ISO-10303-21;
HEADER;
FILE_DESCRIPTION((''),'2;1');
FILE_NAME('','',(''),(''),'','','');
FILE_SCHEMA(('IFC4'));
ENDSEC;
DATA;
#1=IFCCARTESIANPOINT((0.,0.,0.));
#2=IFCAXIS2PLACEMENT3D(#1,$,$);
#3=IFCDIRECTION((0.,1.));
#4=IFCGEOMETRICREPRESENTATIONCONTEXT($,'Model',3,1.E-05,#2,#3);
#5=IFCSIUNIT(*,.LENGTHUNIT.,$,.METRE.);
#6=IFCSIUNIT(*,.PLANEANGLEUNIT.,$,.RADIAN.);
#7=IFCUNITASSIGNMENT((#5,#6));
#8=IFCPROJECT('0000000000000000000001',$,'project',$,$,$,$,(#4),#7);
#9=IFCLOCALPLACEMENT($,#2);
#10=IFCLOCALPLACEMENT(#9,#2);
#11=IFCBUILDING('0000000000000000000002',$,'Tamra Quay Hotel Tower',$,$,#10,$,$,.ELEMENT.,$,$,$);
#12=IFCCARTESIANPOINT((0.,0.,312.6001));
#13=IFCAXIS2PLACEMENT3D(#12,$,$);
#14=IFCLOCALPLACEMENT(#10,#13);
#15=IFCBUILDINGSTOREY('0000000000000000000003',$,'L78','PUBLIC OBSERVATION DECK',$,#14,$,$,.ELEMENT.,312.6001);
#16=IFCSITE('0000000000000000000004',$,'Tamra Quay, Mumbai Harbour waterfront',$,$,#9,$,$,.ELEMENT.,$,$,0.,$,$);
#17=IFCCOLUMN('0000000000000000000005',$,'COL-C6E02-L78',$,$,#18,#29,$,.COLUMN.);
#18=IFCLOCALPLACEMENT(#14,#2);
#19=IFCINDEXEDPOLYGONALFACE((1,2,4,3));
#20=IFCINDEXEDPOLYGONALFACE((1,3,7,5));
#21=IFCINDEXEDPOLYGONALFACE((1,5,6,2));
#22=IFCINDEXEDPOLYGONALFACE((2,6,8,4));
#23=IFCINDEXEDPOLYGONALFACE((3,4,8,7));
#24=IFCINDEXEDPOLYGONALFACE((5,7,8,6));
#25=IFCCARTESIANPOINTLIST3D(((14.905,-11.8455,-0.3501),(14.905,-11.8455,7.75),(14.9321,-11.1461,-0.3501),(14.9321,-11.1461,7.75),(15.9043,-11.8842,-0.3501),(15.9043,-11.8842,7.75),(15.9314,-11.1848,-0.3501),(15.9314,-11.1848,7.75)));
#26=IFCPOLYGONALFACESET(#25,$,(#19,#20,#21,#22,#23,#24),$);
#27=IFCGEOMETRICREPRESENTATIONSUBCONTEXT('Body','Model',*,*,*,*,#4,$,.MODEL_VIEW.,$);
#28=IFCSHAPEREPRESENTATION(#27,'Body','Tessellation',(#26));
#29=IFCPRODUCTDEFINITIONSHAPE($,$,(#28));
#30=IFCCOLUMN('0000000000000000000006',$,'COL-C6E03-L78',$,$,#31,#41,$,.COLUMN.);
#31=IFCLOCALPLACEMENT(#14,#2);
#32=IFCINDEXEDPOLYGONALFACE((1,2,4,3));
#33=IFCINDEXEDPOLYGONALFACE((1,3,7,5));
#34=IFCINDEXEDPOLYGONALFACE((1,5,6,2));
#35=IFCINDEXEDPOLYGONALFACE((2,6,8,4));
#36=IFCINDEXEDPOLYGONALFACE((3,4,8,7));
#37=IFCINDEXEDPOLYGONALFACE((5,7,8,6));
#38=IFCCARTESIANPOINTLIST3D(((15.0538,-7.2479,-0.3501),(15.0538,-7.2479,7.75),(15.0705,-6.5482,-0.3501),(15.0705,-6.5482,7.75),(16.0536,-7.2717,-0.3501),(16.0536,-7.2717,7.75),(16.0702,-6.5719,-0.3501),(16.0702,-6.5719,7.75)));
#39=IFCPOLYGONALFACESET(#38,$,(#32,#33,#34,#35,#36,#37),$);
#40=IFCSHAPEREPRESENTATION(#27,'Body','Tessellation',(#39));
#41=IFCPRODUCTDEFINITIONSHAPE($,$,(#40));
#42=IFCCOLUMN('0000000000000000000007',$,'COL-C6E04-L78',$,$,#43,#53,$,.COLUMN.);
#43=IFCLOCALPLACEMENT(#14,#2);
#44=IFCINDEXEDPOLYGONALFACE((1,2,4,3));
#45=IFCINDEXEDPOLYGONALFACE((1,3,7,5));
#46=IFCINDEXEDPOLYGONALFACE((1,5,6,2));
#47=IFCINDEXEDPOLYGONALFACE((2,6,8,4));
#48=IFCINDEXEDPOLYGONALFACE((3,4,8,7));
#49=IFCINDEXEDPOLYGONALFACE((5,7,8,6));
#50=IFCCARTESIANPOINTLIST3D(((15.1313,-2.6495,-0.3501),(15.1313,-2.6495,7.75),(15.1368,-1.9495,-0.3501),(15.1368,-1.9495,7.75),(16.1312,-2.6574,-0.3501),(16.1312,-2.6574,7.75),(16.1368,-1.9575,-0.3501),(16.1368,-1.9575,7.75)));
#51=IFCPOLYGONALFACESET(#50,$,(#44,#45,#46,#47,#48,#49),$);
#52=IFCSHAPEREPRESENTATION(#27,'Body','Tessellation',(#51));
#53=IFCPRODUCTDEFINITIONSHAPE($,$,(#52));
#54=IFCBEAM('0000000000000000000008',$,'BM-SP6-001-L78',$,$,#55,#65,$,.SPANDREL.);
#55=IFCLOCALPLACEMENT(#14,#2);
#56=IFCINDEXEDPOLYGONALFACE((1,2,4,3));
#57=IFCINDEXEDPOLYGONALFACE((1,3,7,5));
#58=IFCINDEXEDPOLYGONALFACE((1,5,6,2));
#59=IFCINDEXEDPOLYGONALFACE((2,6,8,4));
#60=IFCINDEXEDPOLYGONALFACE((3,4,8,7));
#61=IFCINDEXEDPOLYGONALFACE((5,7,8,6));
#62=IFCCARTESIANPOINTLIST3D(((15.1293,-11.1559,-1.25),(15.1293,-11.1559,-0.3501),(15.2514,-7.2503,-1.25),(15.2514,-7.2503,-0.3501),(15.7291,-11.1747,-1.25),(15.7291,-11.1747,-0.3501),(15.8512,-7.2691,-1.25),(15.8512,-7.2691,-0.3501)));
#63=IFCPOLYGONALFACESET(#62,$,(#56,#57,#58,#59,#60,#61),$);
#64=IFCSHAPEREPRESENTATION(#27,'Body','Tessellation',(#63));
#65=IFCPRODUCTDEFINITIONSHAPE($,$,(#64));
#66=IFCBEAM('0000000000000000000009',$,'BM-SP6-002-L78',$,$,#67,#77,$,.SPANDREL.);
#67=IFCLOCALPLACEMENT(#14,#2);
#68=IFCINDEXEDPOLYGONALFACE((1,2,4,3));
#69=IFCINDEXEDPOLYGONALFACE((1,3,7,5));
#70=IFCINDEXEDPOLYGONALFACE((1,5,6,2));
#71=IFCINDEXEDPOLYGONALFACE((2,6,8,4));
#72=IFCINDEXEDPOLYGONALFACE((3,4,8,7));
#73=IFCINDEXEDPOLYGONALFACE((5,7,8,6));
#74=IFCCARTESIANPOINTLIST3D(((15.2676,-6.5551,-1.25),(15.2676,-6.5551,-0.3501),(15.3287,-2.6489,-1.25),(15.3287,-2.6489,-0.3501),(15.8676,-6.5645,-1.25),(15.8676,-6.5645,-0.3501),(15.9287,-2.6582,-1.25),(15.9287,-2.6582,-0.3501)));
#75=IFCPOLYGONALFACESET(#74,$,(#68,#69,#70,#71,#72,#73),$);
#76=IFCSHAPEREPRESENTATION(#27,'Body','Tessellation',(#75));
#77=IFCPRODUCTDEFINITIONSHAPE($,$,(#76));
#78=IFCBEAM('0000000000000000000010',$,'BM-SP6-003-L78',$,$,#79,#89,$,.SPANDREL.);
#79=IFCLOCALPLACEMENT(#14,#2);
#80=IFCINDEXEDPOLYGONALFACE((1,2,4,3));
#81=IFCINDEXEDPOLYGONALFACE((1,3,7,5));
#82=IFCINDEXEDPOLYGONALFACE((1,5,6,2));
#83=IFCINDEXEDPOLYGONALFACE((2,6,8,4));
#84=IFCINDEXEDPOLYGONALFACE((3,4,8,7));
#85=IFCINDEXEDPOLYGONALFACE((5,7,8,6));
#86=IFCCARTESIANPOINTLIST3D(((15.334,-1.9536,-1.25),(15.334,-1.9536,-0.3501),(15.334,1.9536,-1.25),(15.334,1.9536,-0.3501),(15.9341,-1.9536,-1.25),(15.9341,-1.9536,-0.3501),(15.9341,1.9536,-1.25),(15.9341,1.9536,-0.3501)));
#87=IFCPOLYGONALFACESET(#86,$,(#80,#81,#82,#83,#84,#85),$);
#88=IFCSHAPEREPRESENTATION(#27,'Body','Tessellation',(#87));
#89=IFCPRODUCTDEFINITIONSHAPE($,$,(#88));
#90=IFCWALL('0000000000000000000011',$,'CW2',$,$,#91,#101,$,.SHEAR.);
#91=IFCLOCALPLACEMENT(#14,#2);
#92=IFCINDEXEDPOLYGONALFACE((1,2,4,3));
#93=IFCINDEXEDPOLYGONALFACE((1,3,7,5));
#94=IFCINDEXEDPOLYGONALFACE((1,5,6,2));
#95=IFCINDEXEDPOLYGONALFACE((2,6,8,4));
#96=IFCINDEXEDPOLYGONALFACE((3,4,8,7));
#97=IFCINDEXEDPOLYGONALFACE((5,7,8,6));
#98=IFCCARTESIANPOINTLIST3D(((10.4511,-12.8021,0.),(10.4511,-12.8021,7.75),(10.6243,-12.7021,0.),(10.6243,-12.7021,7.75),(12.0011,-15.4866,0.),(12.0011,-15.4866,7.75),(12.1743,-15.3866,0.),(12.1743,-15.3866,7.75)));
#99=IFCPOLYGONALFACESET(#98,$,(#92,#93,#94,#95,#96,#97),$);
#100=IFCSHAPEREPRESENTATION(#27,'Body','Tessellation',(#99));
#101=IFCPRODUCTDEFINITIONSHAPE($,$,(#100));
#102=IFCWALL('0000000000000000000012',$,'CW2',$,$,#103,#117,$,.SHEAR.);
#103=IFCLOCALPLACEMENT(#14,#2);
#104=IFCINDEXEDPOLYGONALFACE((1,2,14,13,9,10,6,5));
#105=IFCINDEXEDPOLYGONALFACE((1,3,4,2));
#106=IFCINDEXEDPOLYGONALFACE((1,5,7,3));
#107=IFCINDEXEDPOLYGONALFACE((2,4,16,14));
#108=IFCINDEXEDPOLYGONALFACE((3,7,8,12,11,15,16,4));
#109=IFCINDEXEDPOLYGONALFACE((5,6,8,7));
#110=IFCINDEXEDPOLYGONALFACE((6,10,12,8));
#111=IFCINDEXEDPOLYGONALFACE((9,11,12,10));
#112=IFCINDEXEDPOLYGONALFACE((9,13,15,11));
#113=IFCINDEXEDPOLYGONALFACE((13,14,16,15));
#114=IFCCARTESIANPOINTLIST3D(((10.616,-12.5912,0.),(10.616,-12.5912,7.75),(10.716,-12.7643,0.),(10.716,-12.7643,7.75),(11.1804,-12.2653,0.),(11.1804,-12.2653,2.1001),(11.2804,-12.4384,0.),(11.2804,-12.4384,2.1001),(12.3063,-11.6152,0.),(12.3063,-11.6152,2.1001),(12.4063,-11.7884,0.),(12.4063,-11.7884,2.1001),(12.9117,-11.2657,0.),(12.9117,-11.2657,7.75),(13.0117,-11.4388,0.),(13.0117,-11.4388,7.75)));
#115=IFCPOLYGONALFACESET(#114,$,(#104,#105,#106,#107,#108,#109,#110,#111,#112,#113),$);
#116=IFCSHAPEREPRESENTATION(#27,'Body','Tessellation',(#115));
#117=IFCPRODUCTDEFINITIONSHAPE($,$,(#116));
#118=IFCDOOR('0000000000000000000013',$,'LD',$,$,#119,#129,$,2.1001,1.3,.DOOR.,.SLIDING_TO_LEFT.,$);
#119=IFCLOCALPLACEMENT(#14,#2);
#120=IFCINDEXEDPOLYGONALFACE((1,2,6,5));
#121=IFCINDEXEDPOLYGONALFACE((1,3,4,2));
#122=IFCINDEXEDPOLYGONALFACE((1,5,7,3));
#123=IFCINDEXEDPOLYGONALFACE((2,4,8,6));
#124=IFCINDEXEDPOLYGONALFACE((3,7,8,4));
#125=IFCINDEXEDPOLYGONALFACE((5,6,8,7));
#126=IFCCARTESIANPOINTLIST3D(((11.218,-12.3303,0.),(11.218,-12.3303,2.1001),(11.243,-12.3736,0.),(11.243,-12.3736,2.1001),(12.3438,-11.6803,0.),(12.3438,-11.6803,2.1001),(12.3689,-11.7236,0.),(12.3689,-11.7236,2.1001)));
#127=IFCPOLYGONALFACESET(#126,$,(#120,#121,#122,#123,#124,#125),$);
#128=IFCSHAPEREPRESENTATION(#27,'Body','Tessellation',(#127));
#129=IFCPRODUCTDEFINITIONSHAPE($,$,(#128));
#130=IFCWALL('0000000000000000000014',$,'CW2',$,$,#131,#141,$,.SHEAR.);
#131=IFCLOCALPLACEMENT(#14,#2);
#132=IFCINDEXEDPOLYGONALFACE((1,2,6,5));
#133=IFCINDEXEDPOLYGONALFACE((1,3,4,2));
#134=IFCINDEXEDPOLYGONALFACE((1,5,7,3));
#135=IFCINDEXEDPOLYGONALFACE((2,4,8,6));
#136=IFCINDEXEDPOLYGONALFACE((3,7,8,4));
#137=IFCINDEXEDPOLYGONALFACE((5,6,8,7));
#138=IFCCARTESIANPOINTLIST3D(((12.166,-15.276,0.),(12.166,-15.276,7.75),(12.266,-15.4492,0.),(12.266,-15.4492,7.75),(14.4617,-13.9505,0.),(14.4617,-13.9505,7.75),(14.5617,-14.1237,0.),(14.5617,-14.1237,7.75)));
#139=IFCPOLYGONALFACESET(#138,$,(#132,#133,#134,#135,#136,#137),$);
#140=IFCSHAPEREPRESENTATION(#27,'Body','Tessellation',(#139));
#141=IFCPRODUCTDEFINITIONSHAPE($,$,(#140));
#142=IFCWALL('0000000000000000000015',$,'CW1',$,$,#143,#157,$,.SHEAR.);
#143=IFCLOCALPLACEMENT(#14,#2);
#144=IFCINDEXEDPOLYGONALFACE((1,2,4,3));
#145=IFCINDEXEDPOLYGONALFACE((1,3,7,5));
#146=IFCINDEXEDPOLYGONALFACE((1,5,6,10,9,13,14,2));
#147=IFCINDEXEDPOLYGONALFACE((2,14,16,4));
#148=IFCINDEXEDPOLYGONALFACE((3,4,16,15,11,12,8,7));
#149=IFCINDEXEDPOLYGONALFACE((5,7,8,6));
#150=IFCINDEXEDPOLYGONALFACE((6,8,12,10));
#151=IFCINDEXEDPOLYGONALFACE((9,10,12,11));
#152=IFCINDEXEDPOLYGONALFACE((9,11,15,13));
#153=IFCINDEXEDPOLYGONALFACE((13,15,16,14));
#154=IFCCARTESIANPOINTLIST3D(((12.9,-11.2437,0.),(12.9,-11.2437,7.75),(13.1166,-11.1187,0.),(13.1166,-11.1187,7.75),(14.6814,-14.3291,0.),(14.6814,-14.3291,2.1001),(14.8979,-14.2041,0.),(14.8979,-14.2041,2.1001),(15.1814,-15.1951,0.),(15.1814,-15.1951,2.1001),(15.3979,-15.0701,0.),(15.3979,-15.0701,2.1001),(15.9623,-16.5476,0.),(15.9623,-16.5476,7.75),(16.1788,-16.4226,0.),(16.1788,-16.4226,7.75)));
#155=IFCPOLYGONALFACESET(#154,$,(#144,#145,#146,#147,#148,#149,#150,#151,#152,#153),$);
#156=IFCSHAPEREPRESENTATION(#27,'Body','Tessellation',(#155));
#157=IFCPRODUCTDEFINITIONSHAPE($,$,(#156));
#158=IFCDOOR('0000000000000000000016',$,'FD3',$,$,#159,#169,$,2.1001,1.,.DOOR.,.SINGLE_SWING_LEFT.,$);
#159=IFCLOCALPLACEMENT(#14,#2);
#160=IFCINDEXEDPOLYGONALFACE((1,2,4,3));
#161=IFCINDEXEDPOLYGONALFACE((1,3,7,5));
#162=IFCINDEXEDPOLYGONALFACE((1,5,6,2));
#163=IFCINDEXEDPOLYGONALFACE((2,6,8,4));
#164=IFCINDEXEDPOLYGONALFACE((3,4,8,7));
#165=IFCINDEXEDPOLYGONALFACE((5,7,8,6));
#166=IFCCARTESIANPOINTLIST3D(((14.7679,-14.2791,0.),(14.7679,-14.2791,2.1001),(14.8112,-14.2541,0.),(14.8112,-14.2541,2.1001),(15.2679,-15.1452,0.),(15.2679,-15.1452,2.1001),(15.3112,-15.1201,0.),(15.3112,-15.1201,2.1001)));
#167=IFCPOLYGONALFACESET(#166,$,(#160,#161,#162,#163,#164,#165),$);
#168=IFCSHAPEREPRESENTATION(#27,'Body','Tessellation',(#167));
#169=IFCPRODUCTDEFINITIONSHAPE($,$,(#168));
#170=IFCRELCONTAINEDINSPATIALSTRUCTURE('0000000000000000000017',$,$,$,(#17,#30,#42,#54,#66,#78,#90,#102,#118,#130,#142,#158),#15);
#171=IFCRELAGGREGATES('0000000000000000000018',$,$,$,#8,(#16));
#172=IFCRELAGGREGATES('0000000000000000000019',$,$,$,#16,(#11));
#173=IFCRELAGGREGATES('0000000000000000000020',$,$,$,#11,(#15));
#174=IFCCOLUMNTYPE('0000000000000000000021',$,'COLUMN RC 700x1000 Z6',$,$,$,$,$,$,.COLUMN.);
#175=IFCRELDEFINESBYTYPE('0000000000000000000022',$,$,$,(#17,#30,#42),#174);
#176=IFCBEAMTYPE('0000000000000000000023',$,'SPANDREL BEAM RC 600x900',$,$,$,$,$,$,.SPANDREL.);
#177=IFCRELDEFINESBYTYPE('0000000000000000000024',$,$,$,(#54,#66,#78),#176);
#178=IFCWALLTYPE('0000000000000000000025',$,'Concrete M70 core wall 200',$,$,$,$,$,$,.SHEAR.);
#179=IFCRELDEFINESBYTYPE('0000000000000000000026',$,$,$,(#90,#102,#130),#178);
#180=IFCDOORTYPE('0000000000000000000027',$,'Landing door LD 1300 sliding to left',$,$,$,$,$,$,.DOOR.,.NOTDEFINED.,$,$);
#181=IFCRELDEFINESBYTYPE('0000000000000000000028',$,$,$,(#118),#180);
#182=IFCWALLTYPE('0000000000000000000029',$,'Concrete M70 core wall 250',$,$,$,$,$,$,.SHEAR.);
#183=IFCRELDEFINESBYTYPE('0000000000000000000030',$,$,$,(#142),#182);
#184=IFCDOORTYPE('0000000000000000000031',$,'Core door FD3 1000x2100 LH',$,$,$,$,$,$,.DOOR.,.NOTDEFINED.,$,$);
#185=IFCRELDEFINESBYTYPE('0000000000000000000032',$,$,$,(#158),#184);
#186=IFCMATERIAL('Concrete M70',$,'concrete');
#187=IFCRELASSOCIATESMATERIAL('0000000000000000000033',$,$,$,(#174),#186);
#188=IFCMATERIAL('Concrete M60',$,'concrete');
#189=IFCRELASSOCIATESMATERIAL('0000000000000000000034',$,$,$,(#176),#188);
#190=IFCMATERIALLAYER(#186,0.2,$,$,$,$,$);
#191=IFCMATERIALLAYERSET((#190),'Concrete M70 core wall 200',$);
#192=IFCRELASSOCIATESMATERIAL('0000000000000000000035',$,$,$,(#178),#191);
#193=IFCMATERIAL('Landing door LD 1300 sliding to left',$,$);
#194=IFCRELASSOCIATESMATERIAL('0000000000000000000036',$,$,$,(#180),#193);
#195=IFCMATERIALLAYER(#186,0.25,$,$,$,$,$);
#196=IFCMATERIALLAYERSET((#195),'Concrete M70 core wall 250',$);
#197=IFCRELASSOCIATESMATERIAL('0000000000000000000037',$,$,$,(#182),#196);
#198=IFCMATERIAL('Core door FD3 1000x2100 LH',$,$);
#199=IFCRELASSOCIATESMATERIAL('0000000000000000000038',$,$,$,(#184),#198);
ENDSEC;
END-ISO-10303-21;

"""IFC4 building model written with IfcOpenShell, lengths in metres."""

from ifc_helpers import new_model, si_unit, direction, frame, frame_2d, origin, origin_2d, place, context, subcontext, project, spatial, rectangle, extrude, material, layer, layer_set, material_profile, profile_set, type_object, element, fill, save


model = new_model("IFC4")

# Units and contexts
model_context = context("Model", 3, precision=1e-05, world=origin(), true_north=direction((0.0, 1.0)))
body_context = subcontext(model_context, "Body", "Model", "MODEL_VIEW")
ifc_project = project(units=[si_unit("LENGTHUNIT", "METRE"), si_unit("PLANEANGLEUNIT", "RADIAN")], contexts=[model_context])

# Site, building, storey
site_placement = place(None, origin())
site = spatial("IfcSite", under=ifc_project, at=site_placement, Name="Tamra Quay, Mumbai Harbour waterfront", CompositionType="ELEMENT", RefElevation=0.0)
building_placement = place(site_placement, origin())
building = spatial("IfcBuilding", under=site, at=building_placement, Name="Tamra Quay Hotel Tower", CompositionType="ELEMENT")
storey_placement = place(building_placement, frame((0.0, 0.0, 312.6001)))
storey = spatial("IfcBuildingStorey", under=building, at=storey_placement, Name="L78", Description="PUBLIC OBSERVATION DECK", CompositionType="ELEMENT", Elevation=312.6001)

# Columns
ifc_material_1 = material(Name="Concrete M70", Category="concrete")
ifc_material_profile_1 = material_profile(ifc_material_1, rectangle(XDim=1.0, YDim=0.7, at=origin_2d()), Name="COLUMN RC 700x1000 Z6")
ifc_profile_set_1 = profile_set([ifc_material_profile_1], Name="Concrete M70")
column_type = type_object("IfcColumnType", Name="COLUMN RC 700x1000 Z6", PredefinedType="COLUMN", material=ifc_profile_set_1)
for number, where, z_axis, x_axis, name in (
    (1, (15.4182, -11.5151, -0.3501), (0.0, 0.0, 1.0), (-0.999251, 0.038691, 0.0), "COL-C6E02-L78"),
    (2, (15.562, -6.9099, -0.3501), (0.0, 0.0, 1.0), (-0.999718, 0.023753, 0.0), "COL-C6E03-L78"),
    (3, (15.634, -2.3035, -0.3501), (0.0, 0.0, 1.0), (-0.999969, 0.00792, 0.0), "COL-C6E04-L78"),
):
    element("IfcColumn", number, at=place(storey_placement, frame(where, z_axis=z_axis, x_axis=x_axis)), inside=storey, type_object=column_type, Name=name, PredefinedType="COLUMN", context=body_context, shape_type="SweptSolid", body=[
        extrude(rectangle(XDim=1.0, YDim=0.7, at=origin_2d()), origin(), (0.0, 0.0, 1.0), 8.1001),
    ])

# Beams
ifc_material_2 = material(Name="Concrete M60", Category="concrete")
ifc_material_profile_2 = material_profile(ifc_material_2, rectangle(XDim=0.6001, YDim=0.8999, at=origin_2d()), Name="SPANDREL BEAM RC 600x900")
ifc_profile_set_2 = profile_set([ifc_material_profile_2], Name="Concrete M60")
beam_type = type_object("IfcBeamType", Name="SPANDREL BEAM RC 600x900", PredefinedType="SPANDREL", material=ifc_profile_set_2)
beam_1_placement = place(storey_placement, frame((15.4292, -11.1653, -0.8), z_axis=(0.031241, 0.999512, 0.0), x_axis=(-0.999512, 0.031241, 0.0)))
element("IfcBeam", 4, at=beam_1_placement, inside=storey, type_object=beam_type, Name="BM-SP6-001-L78", PredefinedType="SPANDREL", context=body_context, shape_type="SweptSolid", body=[
    extrude(rectangle(XDim=0.6001, YDim=0.8999, at=origin_2d()), origin(), (0.0, 0.0, 1.0), 3.9075),
])
beam_2_placement = place(storey_placement, frame((15.5676, -6.5598, -0.8), z_axis=(0.015623, 0.999878, 0.0), x_axis=(-0.999878, 0.015623, 0.0)))
element("IfcBeam", 5, at=beam_2_placement, inside=storey, type_object=beam_type, Name="BM-SP6-002-L78", PredefinedType="SPANDREL", context=body_context, shape_type="SweptSolid", body=[
    extrude(rectangle(XDim=0.6001, YDim=0.8999, at=origin_2d()), origin(), (0.0, 0.0, 1.0), 3.9067),
])
beam_3_placement = place(storey_placement, frame((15.634, -1.9536, -0.8), z_axis=(0.0, 1.0, 0.0), x_axis=(-1.0, 0.0, 0.0)))
element("IfcBeam", 6, at=beam_3_placement, inside=storey, type_object=beam_type, Name="BM-SP6-003-L78", PredefinedType="SPANDREL", context=body_context, shape_type="SweptSolid", body=[
    extrude(rectangle(XDim=0.6001, YDim=0.8999, at=origin_2d()), origin(), (0.0, 0.0, 1.0), 3.9072),
])

# Wall
ifc_layer_1 = layer(ifc_material_1, 0.2)
ifc_layer_set_1 = layer_set([ifc_layer_1], Name="Concrete M70 core wall 200")
wall_type_1 = type_object("IfcWallType", Name="Concrete M70 core wall 200", PredefinedType="SHEAR", material=ifc_layer_set_1)
wall_1_placement = place(storey_placement, frame((12.0876, -15.4365, 0.0), z_axis=(0.0, 0.0, 1.0), x_axis=(-0.500027, 0.86601, 0.0)))
element("IfcWall", 7, at=wall_1_placement, inside=storey, type_object=wall_type_1, Name="CW2", PredefinedType="SHEAR", context=body_context, shape_type="SweptSolid", body=[
    extrude(rectangle(XDim=3.0999, YDim=0.2, at=frame_2d((1.5498, 0.0))), origin(), (0.0, 0.0, 1.0), 7.75),
])

# Wall, opening, door
wall_2_placement = place(storey_placement, frame((10.666, -12.6777, 0.0), z_axis=(0.0, 0.0, 1.0), x_axis=(0.866018, 0.500012, 0.0)))
wall_2 = element("IfcWall", 8, at=wall_2_placement, inside=storey, type_object=wall_type_1, Name="CW2", PredefinedType="SHEAR", context=body_context, shape_type="SweptSolid", body=[
    extrude(rectangle(XDim=2.6509, YDim=0.2, at=frame_2d((1.3254, 0.0))), origin(), (0.0, 0.0, 1.0), 7.75),
])
opening_1_placement = place(wall_2_placement, frame((0.6519, 0.0, 0.0)))
opening_1 = element("IfcOpeningElement", 9, at=opening_1_placement, cuts=wall_2, PredefinedType="OPENING", context=body_context, shape_type="SweptSolid", body=[
    extrude(rectangle(XDim=1.3, YDim=2.1001, at=frame_2d((0.6499, 1.05))), frame((0.0, 0.1099, 0.0), z_axis=(0.0, -1.0, 0.0), x_axis=(1.0, 0.0, 0.0)), (0.0, 0.0, 1.0), 0.22),
])
ifc_material_3 = material(Name="Landing door LD 1300 sliding to left")
door_type_1 = type_object("IfcDoorType", Name="Landing door LD 1300 sliding to left", OperationType="NOTDEFINED", PredefinedType="DOOR", material=ifc_material_3)
door_1_placement = place(opening_1_placement, origin())
door_1 = element("IfcDoor", 10, at=door_1_placement, inside=storey, type_object=door_type_1, Name="LD", OperationType="SLIDING_TO_LEFT", OverallHeight=2.1001, OverallWidth=1.3, PredefinedType="DOOR", context=body_context, shape_type="SweptSolid", body=[
    extrude(rectangle(XDim=1.3, YDim=2.1001, at=frame_2d((0.6499, 1.05))), frame((0.0, 0.0249, 0.0), z_axis=(0.0, -1.0, 0.0), x_axis=(1.0, 0.0, 0.0)), (0.0, 0.0, 1.0), 0.05),
])
fill(opening_1, door_1)

# Wall
wall_3_placement = place(storey_placement, frame((14.5117, -14.0371, 0.0), z_axis=(0.0, 0.0, 1.0), x_axis=(-0.866018, -0.500012, 0.0)))
element("IfcWall", 11, at=wall_3_placement, inside=storey, type_object=wall_type_1, Name="CW2", PredefinedType="SHEAR", context=body_context, shape_type="SweptSolid", body=[
    extrude(rectangle(XDim=2.6509, YDim=0.2, at=frame_2d((1.3254, 0.0))), origin(), (0.0, 0.0, 1.0), 7.75),
])

# Wall, opening, door
ifc_layer_2 = layer(ifc_material_1, 0.25)
ifc_layer_set_2 = layer_set([ifc_layer_2], Name="Concrete M70 core wall 250")
wall_type_2 = type_object("IfcWallType", Name="Concrete M70 core wall 250", PredefinedType="SHEAR", material=ifc_layer_set_2)
wall_4_placement = place(storey_placement, frame((13.0083, -11.1812, 0.0), z_axis=(0.0, 0.0, 1.0), x_axis=(0.500002, -0.866024, 0.0)))
wall_4 = element("IfcWall", 12, at=wall_4_placement, inside=storey, type_object=wall_type_2, Name="CW1", PredefinedType="SHEAR", context=body_context, shape_type="SweptSolid", body=[
    extrude(rectangle(XDim=6.1245, YDim=0.25, at=frame_2d((3.0623, 0.0))), origin(), (0.0, 0.0, 1.0), 7.75),
])
opening_2_placement = place(wall_4_placement, frame((3.5627, 0.0, 0.0)))
opening_2 = element("IfcOpeningElement", 13, at=opening_2_placement, cuts=wall_4, PredefinedType="OPENING", context=body_context, shape_type="SweptSolid", body=[
    extrude(rectangle(XDim=1.0, YDim=2.1001, at=frame_2d((0.5, 1.05))), frame((0.0, 0.135, 0.0), z_axis=(0.0, -1.0, 0.0), x_axis=(1.0, 0.0, 0.0)), (0.0, 0.0, 1.0), 0.27),
])
ifc_material_4 = material(Name="Core door FD3 1000x2100 LH")
door_type_2 = type_object("IfcDoorType", Name="Core door FD3 1000x2100 LH", OperationType="NOTDEFINED", PredefinedType="DOOR", material=ifc_material_4)
door_2_placement = place(opening_2_placement, origin())
door_2 = element("IfcDoor", 14, at=door_2_placement, inside=storey, type_object=door_type_2, Name="FD3", OperationType="SINGLE_SWING_LEFT", OverallHeight=2.1001, OverallWidth=1.0, PredefinedType="DOOR", context=body_context, shape_type="SweptSolid", body=[
    extrude(rectangle(XDim=1.0, YDim=2.1001, at=frame_2d((0.5, 1.05))), frame((0.0, 0.0249, 0.0), z_axis=(0.0, -1.0, 0.0), x_axis=(1.0, 0.0, 0.0)), (0.0, 0.0, 1.0), 0.05),
])
fill(opening_2, door_2)

save(model, "model.ifc")
